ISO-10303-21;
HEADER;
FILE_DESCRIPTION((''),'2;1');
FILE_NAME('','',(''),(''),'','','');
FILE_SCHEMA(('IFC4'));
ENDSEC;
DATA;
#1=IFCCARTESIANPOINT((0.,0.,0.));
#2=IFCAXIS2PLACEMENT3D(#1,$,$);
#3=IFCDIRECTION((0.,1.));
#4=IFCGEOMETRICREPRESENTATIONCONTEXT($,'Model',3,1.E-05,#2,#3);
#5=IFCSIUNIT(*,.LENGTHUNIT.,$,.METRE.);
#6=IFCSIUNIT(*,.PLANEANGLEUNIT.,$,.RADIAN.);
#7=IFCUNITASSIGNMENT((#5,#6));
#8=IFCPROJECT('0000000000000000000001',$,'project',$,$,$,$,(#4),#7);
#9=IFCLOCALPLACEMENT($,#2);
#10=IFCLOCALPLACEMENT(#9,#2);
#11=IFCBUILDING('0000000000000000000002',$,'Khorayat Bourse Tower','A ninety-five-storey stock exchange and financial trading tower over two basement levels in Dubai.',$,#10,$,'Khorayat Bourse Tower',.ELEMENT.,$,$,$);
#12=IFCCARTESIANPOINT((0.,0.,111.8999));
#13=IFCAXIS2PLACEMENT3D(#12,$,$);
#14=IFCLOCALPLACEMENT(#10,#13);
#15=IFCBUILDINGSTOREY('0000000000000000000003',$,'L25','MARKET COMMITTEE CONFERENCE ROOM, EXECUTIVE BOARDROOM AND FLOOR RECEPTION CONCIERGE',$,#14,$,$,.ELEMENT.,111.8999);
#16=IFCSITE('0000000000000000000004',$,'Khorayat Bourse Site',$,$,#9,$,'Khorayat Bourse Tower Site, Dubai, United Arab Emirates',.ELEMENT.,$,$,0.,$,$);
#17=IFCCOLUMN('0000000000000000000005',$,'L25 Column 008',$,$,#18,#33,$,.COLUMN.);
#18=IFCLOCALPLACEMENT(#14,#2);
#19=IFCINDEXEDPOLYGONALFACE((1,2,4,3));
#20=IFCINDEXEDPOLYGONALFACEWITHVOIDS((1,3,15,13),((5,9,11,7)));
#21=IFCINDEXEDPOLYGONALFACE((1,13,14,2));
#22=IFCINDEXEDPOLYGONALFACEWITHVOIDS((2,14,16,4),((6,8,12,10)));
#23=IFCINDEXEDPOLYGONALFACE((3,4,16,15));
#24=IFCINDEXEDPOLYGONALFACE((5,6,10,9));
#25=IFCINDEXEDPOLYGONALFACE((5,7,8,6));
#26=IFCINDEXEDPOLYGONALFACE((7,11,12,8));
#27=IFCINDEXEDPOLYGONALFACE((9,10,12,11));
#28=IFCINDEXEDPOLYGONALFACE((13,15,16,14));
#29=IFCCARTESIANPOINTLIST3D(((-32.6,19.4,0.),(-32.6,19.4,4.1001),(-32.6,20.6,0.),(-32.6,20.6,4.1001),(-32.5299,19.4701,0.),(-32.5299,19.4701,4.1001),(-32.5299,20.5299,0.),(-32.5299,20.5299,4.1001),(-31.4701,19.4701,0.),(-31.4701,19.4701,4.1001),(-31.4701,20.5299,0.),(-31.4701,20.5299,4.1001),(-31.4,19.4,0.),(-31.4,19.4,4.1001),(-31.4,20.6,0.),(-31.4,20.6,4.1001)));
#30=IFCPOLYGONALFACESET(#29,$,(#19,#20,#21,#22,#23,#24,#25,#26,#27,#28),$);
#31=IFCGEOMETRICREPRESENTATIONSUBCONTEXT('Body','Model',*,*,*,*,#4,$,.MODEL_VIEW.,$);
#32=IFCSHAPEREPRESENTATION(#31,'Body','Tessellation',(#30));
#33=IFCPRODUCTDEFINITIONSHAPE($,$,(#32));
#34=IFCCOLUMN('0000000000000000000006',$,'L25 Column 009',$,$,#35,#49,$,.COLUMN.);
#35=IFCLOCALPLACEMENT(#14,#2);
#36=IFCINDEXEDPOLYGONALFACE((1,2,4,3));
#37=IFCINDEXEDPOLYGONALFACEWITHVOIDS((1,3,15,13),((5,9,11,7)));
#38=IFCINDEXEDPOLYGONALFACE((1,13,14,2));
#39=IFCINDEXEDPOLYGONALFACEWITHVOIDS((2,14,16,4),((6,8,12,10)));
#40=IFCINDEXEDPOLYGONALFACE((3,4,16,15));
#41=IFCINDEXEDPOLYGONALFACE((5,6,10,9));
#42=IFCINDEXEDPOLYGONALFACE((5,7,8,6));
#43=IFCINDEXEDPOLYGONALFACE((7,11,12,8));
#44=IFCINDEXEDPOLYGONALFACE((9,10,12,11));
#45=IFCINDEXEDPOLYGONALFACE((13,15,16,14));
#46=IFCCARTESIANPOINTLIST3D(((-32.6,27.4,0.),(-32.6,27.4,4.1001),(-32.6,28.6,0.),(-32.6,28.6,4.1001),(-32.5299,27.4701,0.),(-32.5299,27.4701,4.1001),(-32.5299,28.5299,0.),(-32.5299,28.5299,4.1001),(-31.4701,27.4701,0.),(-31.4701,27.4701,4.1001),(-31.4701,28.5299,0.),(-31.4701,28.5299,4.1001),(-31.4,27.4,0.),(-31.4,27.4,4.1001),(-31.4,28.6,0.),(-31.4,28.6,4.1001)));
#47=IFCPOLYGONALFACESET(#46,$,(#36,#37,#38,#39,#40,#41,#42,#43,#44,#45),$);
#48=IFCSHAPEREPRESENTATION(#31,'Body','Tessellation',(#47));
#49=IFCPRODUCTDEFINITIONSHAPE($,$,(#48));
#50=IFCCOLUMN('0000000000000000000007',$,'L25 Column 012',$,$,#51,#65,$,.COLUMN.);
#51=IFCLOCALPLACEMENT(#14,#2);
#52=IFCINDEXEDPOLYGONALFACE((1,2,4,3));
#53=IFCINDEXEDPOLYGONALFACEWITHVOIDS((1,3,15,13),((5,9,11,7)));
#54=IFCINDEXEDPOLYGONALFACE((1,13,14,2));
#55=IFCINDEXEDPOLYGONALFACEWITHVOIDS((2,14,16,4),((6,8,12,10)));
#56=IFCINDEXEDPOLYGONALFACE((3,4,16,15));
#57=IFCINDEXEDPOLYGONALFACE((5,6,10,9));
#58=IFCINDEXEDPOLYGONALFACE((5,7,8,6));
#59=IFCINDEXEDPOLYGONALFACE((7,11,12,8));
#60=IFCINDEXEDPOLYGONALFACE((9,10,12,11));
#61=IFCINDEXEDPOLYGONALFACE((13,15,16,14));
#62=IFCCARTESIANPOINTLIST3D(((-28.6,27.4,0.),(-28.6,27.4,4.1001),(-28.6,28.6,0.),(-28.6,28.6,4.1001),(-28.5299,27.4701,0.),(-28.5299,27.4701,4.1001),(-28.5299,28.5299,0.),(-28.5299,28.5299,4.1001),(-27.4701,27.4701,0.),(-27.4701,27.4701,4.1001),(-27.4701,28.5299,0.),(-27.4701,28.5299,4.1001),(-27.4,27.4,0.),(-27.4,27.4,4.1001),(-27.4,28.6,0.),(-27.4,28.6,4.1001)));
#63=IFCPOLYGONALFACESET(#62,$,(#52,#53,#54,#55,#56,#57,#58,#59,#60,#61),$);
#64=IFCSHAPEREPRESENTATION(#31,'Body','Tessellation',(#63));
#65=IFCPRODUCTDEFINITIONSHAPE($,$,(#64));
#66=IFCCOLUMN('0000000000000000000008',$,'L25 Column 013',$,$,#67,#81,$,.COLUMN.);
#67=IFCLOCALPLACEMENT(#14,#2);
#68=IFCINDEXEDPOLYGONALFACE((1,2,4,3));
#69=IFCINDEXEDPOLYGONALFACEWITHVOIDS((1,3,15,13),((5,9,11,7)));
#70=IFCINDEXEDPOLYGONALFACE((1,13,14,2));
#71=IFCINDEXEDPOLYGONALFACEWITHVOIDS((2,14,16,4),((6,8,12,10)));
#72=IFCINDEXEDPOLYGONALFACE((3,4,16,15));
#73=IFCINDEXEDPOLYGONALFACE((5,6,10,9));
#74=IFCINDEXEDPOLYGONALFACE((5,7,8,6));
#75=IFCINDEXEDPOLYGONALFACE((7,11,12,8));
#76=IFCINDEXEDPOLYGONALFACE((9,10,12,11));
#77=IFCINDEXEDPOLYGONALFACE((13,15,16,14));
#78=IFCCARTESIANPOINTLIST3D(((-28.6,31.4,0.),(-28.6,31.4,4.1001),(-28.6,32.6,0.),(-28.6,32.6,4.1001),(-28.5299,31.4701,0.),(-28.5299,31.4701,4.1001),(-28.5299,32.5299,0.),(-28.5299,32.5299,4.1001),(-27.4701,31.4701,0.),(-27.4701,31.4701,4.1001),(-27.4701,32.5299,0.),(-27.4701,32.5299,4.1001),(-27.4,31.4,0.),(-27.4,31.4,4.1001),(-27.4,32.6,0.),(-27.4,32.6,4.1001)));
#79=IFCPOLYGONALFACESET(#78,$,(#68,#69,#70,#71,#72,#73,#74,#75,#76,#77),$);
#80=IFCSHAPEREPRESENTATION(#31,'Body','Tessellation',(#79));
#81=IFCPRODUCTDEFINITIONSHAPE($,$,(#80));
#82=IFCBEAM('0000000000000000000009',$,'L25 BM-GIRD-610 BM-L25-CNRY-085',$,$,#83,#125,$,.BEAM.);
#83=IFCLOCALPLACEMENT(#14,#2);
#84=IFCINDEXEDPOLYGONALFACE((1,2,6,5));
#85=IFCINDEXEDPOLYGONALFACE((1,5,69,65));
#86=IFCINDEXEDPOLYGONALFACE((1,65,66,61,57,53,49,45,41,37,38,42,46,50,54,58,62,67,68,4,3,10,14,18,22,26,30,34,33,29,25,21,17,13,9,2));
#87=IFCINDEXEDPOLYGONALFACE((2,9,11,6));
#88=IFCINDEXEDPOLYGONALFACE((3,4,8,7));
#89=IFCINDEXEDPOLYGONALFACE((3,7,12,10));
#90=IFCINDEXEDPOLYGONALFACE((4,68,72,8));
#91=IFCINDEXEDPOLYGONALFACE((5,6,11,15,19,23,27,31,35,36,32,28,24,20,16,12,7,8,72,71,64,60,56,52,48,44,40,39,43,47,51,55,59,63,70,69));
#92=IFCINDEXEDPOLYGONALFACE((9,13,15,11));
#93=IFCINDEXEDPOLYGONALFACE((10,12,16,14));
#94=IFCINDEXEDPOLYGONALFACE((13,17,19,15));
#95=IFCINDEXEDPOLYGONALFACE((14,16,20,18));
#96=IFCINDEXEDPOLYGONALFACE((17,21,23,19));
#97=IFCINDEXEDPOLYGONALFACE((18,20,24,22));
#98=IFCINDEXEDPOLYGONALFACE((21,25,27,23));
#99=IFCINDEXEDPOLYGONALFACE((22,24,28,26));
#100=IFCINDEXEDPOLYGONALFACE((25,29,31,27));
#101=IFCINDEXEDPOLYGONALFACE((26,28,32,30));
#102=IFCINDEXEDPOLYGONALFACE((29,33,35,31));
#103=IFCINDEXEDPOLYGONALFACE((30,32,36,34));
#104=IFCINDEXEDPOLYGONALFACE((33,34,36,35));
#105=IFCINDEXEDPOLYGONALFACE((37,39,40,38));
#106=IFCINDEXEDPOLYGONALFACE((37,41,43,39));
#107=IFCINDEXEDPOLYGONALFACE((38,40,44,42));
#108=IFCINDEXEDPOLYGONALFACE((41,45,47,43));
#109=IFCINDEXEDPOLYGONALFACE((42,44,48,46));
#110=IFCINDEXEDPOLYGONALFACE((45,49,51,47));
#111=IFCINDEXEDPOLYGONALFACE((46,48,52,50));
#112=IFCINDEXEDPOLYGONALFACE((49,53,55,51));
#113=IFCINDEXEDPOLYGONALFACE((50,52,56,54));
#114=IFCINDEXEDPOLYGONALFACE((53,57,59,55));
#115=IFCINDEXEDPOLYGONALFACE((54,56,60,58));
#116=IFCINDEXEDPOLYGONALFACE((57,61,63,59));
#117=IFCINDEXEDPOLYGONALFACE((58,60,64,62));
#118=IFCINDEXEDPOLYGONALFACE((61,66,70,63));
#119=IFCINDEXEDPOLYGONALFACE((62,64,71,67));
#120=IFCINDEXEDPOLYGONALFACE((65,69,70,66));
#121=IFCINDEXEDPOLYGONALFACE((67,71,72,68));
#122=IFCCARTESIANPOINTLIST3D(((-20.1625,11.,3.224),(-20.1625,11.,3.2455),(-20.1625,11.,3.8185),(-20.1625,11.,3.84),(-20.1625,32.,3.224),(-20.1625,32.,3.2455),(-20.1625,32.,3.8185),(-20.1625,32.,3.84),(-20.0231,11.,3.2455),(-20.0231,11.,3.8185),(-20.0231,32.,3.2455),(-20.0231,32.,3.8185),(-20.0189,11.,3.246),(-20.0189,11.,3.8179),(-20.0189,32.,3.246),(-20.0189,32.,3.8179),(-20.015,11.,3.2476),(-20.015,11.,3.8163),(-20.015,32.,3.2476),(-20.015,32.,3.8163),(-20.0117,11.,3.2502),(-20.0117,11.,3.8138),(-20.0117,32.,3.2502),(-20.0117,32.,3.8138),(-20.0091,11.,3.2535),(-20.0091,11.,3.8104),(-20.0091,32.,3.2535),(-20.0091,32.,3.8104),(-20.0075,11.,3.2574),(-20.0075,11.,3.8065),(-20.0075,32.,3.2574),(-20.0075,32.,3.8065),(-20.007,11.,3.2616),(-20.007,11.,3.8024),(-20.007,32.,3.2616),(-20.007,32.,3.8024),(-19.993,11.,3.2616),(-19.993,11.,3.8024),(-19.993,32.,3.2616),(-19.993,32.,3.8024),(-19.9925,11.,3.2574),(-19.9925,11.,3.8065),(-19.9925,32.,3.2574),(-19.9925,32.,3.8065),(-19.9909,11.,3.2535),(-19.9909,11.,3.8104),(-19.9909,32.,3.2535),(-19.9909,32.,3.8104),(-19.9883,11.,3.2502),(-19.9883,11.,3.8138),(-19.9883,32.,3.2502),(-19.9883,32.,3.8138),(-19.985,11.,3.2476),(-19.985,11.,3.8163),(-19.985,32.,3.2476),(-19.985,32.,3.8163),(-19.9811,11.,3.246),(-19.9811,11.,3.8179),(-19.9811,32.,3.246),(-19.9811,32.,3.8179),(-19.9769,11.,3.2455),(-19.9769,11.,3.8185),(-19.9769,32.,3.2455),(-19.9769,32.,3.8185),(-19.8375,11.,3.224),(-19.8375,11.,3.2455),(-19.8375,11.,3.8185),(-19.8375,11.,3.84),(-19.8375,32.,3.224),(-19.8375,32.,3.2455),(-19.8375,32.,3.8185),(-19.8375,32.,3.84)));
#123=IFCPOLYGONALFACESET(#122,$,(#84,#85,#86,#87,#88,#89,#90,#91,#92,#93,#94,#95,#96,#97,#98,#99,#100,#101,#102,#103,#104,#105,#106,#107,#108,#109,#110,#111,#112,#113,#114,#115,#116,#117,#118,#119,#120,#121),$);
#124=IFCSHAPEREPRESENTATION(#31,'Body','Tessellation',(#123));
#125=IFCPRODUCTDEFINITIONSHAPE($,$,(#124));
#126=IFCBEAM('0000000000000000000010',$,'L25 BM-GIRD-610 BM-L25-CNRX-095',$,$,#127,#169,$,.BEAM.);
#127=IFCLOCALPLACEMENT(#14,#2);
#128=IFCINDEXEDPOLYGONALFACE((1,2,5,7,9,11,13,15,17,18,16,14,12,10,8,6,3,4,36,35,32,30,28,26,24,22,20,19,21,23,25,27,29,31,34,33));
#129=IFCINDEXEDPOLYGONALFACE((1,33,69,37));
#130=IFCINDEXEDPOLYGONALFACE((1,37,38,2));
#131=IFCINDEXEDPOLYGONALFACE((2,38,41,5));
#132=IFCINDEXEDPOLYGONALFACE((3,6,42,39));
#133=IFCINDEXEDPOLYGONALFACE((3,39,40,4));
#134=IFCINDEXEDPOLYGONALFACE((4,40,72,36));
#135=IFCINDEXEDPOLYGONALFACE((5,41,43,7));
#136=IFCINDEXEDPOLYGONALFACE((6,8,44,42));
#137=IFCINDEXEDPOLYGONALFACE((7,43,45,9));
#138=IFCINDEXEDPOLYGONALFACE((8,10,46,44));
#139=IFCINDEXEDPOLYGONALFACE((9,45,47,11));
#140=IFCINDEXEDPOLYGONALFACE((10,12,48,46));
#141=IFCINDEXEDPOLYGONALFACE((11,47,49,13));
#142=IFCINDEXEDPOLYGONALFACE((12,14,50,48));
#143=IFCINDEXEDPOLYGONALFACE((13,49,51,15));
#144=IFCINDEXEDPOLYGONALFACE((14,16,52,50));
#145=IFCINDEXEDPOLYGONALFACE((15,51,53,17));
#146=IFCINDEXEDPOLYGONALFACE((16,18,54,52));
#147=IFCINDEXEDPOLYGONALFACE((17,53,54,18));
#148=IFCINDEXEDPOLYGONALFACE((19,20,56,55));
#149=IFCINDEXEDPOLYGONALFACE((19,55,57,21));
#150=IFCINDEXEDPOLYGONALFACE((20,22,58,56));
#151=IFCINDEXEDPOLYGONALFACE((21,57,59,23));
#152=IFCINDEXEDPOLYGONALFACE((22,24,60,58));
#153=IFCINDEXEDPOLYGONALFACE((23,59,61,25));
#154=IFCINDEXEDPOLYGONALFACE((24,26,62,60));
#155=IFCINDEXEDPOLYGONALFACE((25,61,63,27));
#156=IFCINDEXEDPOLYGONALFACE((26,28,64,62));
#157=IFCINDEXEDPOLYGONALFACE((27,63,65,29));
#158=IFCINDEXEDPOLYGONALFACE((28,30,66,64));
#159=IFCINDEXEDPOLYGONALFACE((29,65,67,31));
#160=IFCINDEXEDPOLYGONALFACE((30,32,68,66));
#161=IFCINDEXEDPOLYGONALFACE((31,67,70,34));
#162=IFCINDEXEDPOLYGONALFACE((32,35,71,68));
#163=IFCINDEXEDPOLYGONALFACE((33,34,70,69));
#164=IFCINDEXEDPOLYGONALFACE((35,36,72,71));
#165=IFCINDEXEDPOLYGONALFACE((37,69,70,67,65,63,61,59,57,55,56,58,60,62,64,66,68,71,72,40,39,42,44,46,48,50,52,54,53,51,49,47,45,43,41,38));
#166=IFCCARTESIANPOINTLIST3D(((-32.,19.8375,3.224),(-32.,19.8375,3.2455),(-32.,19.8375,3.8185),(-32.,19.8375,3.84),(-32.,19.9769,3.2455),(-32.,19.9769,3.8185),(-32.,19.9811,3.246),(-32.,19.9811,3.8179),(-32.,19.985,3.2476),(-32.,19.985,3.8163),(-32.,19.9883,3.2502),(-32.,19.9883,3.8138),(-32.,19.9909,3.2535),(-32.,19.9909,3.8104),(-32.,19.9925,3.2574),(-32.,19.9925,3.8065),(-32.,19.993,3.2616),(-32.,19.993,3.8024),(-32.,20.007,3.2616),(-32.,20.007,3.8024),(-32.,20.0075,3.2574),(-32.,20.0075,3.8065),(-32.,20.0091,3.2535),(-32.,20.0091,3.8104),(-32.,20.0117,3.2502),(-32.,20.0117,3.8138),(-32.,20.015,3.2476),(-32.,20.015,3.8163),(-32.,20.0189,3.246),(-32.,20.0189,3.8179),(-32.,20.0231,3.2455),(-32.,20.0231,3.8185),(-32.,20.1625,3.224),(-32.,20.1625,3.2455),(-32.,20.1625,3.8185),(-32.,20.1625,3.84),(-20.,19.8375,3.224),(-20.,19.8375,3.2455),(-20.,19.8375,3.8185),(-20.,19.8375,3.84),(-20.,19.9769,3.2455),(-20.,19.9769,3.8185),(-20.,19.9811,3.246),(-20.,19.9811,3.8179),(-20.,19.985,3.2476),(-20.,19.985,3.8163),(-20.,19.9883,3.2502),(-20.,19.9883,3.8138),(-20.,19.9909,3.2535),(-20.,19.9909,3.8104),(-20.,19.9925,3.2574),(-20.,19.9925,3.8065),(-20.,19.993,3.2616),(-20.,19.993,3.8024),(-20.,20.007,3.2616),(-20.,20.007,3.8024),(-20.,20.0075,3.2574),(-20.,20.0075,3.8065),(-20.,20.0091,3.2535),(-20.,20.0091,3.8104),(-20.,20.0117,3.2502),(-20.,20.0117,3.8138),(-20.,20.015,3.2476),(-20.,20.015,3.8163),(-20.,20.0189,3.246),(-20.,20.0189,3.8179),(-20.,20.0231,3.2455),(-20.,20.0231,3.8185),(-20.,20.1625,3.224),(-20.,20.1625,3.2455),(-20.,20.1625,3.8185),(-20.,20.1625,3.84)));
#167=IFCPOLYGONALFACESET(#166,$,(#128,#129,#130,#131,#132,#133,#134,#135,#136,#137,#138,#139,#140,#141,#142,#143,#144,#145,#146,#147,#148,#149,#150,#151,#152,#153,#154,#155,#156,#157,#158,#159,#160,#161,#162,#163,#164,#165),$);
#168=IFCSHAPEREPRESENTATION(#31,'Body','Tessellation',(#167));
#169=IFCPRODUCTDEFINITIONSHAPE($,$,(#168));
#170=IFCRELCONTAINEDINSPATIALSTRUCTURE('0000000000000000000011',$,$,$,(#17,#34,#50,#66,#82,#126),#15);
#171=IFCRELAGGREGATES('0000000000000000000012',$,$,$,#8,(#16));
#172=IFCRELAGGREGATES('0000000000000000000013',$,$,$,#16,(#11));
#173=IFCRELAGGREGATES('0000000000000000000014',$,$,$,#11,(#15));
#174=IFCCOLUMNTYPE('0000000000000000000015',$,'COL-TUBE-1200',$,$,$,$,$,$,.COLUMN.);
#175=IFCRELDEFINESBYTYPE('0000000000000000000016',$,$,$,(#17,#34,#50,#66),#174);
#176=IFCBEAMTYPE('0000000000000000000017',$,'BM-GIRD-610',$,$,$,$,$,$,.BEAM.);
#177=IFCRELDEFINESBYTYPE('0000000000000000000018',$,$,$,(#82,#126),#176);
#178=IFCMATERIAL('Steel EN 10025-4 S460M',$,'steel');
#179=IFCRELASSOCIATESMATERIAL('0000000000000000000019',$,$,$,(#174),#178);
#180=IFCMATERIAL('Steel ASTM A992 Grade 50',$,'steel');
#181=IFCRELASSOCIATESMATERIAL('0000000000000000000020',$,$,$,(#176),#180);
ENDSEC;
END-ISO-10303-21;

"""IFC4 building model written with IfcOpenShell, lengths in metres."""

from ifc_helpers import new_model, si_unit, direction, frame, origin, origin_2d, place, context, subcontext, project, spatial, hollow_rectangle, i_section, extrude, source, transform, mapped, material, material_profile, profile_set, type_object, element, save


model = new_model("IFC4")

# Units and contexts
model_context = context("Model", 3, precision=1e-05, world=origin(), true_north=direction((0.0, 1.0)))
body_context = subcontext(model_context, "Body", "Model", "MODEL_VIEW")
ifc_project = project(units=[si_unit("LENGTHUNIT", "METRE"), si_unit("PLANEANGLEUNIT", "RADIAN")], contexts=[model_context])

# Site, building, storey
site_placement = place(None, origin())
site = spatial("IfcSite", under=ifc_project, at=site_placement, Name="Khorayat Bourse Site", LongName="Khorayat Bourse Tower Site, Dubai, United Arab Emirates", CompositionType="ELEMENT", RefElevation=0.0)
building_placement = place(site_placement, origin())
building = spatial("IfcBuilding", under=site, at=building_placement, Name="Khorayat Bourse Tower", Description="A ninety-five-storey stock exchange and financial trading tower over two basement levels in Dubai.", LongName="Khorayat Bourse Tower", CompositionType="ELEMENT")
storey_placement = place(building_placement, frame((0.0, 0.0, 111.8999)))
storey = spatial("IfcBuildingStorey", under=building, at=storey_placement, Name="L25", Description="MARKET COMMITTEE CONFERENCE ROOM, EXECUTIVE BOARDROOM AND FLOOR RECEPTION CONCIERGE", CompositionType="ELEMENT", Elevation=111.8999)

# Columns
ifc_material_1 = material(Name="Steel EN 10025-4 S460M", Category="steel")
ifc_material_profile_1 = material_profile(ifc_material_1, hollow_rectangle(XDim=1.2, YDim=1.2, WallThickness=0.0701, at=origin_2d()), Name="BOX 1200x1200x70")
ifc_profile_set_1 = profile_set([ifc_material_profile_1], Name="Steel EN 10025-4 S460M")
column_type = type_object("IfcColumnType", Name="COL-TUBE-1200", PredefinedType="COLUMN", material=ifc_profile_set_1)
shared_shape_1 = source(origin(), body_context, "Body", "SweptSolid", [
    extrude(hollow_rectangle(XDim=1.2, YDim=1.2, WallThickness=0.0701, at=origin_2d()), origin(), (0.0, 0.0, 1.0), 4.1001),
])
for number, where, z_axis, x_axis, name in (
    (1, (-32.0, 20.0, 0.0), (0.0, 0.0, 1.0), (1.0, 0.0, 0.0), "L25 Column 008"),
    (2, (-32.0, 28.0, 0.0), (0.0, 0.0, 1.0), (1.0, 0.0, 0.0), "L25 Column 009"),
    (3, (-28.0, 28.0, 0.0), (0.0, 0.0, 1.0), (1.0, 0.0, 0.0), "L25 Column 012"),
    (4, (-28.0, 32.0, 0.0), (0.0, 0.0, 1.0), (1.0, 0.0, 0.0), "L25 Column 013"),
):
    element("IfcColumn", number, at=place(storey_placement, frame(where, z_axis=z_axis, x_axis=x_axis)), inside=storey, type_object=column_type, Name=name, PredefinedType="COLUMN", context=body_context, shape_type="MappedRepresentation", body=[
        mapped(shared_shape_1, transform((0.0, 0.0, 0.0), scale=1.0)),
    ])

# Beams
ifc_material_2 = material(Name="Steel ASTM A992 Grade 50", Category="steel")
ifc_material_profile_2 = material_profile(ifc_material_2, i_section(OverallWidth=0.325, OverallDepth=0.616, WebThickness=0.0139, FlangeThickness=0.0215, FilletRadius=0.0161, at=origin_2d()), Name="W610X174")
ifc_profile_set_2 = profile_set([ifc_material_profile_2], Name="Steel ASTM A992 Grade 50")
beam_type_1 = type_object("IfcBeamType", Name="BM-GIRD-610", PredefinedType="BEAM", material=ifc_profile_set_2)
shared_shape_2 = source(origin(), body_context, "Body", "SweptSolid", [
    extrude(i_section(OverallWidth=0.325, OverallDepth=0.616, WebThickness=0.0139, FlangeThickness=0.0215, FilletRadius=0.0161, at=origin_2d()), origin(), (0.0, 0.0, 1.0), 21.0),
])
beam_1_placement = place(storey_placement, frame((-20.0, 11.0, 3.532), z_axis=(0.0, 1.0, 0.0), x_axis=(-1.0, 0.0, 0.0)))
element("IfcBeam", 5, at=beam_1_placement, inside=storey, type_object=beam_type_1, Name="L25 BM-GIRD-610 BM-L25-CNRY-085", PredefinedType="BEAM", context=body_context, shape_type="MappedRepresentation", body=[
    mapped(shared_shape_2, transform((0.0, 0.0, 0.0), scale=1.0)),
])
shared_shape_3 = source(origin(), body_context, "Body", "SweptSolid", [
    extrude(i_section(OverallWidth=0.325, OverallDepth=0.616, WebThickness=0.0139, FlangeThickness=0.0215, FilletRadius=0.0161, at=origin_2d()), origin(), (0.0, 0.0, 1.0), 12.0),
])
beam_2_placement = place(storey_placement, frame((-32.0, 20.0, 3.532), z_axis=(1.0, 0.0, 0.0), x_axis=(0.0, 1.0, 0.0)))
element("IfcBeam", 6, at=beam_2_placement, inside=storey, type_object=beam_type_1, Name="L25 BM-GIRD-610 BM-L25-CNRX-095", PredefinedType="BEAM", context=body_context, shape_type="MappedRepresentation", body=[
    mapped(shared_shape_3, transform((0.0, 0.0, 0.0), scale=1.0)),
])

save(model, "model.ifc")
